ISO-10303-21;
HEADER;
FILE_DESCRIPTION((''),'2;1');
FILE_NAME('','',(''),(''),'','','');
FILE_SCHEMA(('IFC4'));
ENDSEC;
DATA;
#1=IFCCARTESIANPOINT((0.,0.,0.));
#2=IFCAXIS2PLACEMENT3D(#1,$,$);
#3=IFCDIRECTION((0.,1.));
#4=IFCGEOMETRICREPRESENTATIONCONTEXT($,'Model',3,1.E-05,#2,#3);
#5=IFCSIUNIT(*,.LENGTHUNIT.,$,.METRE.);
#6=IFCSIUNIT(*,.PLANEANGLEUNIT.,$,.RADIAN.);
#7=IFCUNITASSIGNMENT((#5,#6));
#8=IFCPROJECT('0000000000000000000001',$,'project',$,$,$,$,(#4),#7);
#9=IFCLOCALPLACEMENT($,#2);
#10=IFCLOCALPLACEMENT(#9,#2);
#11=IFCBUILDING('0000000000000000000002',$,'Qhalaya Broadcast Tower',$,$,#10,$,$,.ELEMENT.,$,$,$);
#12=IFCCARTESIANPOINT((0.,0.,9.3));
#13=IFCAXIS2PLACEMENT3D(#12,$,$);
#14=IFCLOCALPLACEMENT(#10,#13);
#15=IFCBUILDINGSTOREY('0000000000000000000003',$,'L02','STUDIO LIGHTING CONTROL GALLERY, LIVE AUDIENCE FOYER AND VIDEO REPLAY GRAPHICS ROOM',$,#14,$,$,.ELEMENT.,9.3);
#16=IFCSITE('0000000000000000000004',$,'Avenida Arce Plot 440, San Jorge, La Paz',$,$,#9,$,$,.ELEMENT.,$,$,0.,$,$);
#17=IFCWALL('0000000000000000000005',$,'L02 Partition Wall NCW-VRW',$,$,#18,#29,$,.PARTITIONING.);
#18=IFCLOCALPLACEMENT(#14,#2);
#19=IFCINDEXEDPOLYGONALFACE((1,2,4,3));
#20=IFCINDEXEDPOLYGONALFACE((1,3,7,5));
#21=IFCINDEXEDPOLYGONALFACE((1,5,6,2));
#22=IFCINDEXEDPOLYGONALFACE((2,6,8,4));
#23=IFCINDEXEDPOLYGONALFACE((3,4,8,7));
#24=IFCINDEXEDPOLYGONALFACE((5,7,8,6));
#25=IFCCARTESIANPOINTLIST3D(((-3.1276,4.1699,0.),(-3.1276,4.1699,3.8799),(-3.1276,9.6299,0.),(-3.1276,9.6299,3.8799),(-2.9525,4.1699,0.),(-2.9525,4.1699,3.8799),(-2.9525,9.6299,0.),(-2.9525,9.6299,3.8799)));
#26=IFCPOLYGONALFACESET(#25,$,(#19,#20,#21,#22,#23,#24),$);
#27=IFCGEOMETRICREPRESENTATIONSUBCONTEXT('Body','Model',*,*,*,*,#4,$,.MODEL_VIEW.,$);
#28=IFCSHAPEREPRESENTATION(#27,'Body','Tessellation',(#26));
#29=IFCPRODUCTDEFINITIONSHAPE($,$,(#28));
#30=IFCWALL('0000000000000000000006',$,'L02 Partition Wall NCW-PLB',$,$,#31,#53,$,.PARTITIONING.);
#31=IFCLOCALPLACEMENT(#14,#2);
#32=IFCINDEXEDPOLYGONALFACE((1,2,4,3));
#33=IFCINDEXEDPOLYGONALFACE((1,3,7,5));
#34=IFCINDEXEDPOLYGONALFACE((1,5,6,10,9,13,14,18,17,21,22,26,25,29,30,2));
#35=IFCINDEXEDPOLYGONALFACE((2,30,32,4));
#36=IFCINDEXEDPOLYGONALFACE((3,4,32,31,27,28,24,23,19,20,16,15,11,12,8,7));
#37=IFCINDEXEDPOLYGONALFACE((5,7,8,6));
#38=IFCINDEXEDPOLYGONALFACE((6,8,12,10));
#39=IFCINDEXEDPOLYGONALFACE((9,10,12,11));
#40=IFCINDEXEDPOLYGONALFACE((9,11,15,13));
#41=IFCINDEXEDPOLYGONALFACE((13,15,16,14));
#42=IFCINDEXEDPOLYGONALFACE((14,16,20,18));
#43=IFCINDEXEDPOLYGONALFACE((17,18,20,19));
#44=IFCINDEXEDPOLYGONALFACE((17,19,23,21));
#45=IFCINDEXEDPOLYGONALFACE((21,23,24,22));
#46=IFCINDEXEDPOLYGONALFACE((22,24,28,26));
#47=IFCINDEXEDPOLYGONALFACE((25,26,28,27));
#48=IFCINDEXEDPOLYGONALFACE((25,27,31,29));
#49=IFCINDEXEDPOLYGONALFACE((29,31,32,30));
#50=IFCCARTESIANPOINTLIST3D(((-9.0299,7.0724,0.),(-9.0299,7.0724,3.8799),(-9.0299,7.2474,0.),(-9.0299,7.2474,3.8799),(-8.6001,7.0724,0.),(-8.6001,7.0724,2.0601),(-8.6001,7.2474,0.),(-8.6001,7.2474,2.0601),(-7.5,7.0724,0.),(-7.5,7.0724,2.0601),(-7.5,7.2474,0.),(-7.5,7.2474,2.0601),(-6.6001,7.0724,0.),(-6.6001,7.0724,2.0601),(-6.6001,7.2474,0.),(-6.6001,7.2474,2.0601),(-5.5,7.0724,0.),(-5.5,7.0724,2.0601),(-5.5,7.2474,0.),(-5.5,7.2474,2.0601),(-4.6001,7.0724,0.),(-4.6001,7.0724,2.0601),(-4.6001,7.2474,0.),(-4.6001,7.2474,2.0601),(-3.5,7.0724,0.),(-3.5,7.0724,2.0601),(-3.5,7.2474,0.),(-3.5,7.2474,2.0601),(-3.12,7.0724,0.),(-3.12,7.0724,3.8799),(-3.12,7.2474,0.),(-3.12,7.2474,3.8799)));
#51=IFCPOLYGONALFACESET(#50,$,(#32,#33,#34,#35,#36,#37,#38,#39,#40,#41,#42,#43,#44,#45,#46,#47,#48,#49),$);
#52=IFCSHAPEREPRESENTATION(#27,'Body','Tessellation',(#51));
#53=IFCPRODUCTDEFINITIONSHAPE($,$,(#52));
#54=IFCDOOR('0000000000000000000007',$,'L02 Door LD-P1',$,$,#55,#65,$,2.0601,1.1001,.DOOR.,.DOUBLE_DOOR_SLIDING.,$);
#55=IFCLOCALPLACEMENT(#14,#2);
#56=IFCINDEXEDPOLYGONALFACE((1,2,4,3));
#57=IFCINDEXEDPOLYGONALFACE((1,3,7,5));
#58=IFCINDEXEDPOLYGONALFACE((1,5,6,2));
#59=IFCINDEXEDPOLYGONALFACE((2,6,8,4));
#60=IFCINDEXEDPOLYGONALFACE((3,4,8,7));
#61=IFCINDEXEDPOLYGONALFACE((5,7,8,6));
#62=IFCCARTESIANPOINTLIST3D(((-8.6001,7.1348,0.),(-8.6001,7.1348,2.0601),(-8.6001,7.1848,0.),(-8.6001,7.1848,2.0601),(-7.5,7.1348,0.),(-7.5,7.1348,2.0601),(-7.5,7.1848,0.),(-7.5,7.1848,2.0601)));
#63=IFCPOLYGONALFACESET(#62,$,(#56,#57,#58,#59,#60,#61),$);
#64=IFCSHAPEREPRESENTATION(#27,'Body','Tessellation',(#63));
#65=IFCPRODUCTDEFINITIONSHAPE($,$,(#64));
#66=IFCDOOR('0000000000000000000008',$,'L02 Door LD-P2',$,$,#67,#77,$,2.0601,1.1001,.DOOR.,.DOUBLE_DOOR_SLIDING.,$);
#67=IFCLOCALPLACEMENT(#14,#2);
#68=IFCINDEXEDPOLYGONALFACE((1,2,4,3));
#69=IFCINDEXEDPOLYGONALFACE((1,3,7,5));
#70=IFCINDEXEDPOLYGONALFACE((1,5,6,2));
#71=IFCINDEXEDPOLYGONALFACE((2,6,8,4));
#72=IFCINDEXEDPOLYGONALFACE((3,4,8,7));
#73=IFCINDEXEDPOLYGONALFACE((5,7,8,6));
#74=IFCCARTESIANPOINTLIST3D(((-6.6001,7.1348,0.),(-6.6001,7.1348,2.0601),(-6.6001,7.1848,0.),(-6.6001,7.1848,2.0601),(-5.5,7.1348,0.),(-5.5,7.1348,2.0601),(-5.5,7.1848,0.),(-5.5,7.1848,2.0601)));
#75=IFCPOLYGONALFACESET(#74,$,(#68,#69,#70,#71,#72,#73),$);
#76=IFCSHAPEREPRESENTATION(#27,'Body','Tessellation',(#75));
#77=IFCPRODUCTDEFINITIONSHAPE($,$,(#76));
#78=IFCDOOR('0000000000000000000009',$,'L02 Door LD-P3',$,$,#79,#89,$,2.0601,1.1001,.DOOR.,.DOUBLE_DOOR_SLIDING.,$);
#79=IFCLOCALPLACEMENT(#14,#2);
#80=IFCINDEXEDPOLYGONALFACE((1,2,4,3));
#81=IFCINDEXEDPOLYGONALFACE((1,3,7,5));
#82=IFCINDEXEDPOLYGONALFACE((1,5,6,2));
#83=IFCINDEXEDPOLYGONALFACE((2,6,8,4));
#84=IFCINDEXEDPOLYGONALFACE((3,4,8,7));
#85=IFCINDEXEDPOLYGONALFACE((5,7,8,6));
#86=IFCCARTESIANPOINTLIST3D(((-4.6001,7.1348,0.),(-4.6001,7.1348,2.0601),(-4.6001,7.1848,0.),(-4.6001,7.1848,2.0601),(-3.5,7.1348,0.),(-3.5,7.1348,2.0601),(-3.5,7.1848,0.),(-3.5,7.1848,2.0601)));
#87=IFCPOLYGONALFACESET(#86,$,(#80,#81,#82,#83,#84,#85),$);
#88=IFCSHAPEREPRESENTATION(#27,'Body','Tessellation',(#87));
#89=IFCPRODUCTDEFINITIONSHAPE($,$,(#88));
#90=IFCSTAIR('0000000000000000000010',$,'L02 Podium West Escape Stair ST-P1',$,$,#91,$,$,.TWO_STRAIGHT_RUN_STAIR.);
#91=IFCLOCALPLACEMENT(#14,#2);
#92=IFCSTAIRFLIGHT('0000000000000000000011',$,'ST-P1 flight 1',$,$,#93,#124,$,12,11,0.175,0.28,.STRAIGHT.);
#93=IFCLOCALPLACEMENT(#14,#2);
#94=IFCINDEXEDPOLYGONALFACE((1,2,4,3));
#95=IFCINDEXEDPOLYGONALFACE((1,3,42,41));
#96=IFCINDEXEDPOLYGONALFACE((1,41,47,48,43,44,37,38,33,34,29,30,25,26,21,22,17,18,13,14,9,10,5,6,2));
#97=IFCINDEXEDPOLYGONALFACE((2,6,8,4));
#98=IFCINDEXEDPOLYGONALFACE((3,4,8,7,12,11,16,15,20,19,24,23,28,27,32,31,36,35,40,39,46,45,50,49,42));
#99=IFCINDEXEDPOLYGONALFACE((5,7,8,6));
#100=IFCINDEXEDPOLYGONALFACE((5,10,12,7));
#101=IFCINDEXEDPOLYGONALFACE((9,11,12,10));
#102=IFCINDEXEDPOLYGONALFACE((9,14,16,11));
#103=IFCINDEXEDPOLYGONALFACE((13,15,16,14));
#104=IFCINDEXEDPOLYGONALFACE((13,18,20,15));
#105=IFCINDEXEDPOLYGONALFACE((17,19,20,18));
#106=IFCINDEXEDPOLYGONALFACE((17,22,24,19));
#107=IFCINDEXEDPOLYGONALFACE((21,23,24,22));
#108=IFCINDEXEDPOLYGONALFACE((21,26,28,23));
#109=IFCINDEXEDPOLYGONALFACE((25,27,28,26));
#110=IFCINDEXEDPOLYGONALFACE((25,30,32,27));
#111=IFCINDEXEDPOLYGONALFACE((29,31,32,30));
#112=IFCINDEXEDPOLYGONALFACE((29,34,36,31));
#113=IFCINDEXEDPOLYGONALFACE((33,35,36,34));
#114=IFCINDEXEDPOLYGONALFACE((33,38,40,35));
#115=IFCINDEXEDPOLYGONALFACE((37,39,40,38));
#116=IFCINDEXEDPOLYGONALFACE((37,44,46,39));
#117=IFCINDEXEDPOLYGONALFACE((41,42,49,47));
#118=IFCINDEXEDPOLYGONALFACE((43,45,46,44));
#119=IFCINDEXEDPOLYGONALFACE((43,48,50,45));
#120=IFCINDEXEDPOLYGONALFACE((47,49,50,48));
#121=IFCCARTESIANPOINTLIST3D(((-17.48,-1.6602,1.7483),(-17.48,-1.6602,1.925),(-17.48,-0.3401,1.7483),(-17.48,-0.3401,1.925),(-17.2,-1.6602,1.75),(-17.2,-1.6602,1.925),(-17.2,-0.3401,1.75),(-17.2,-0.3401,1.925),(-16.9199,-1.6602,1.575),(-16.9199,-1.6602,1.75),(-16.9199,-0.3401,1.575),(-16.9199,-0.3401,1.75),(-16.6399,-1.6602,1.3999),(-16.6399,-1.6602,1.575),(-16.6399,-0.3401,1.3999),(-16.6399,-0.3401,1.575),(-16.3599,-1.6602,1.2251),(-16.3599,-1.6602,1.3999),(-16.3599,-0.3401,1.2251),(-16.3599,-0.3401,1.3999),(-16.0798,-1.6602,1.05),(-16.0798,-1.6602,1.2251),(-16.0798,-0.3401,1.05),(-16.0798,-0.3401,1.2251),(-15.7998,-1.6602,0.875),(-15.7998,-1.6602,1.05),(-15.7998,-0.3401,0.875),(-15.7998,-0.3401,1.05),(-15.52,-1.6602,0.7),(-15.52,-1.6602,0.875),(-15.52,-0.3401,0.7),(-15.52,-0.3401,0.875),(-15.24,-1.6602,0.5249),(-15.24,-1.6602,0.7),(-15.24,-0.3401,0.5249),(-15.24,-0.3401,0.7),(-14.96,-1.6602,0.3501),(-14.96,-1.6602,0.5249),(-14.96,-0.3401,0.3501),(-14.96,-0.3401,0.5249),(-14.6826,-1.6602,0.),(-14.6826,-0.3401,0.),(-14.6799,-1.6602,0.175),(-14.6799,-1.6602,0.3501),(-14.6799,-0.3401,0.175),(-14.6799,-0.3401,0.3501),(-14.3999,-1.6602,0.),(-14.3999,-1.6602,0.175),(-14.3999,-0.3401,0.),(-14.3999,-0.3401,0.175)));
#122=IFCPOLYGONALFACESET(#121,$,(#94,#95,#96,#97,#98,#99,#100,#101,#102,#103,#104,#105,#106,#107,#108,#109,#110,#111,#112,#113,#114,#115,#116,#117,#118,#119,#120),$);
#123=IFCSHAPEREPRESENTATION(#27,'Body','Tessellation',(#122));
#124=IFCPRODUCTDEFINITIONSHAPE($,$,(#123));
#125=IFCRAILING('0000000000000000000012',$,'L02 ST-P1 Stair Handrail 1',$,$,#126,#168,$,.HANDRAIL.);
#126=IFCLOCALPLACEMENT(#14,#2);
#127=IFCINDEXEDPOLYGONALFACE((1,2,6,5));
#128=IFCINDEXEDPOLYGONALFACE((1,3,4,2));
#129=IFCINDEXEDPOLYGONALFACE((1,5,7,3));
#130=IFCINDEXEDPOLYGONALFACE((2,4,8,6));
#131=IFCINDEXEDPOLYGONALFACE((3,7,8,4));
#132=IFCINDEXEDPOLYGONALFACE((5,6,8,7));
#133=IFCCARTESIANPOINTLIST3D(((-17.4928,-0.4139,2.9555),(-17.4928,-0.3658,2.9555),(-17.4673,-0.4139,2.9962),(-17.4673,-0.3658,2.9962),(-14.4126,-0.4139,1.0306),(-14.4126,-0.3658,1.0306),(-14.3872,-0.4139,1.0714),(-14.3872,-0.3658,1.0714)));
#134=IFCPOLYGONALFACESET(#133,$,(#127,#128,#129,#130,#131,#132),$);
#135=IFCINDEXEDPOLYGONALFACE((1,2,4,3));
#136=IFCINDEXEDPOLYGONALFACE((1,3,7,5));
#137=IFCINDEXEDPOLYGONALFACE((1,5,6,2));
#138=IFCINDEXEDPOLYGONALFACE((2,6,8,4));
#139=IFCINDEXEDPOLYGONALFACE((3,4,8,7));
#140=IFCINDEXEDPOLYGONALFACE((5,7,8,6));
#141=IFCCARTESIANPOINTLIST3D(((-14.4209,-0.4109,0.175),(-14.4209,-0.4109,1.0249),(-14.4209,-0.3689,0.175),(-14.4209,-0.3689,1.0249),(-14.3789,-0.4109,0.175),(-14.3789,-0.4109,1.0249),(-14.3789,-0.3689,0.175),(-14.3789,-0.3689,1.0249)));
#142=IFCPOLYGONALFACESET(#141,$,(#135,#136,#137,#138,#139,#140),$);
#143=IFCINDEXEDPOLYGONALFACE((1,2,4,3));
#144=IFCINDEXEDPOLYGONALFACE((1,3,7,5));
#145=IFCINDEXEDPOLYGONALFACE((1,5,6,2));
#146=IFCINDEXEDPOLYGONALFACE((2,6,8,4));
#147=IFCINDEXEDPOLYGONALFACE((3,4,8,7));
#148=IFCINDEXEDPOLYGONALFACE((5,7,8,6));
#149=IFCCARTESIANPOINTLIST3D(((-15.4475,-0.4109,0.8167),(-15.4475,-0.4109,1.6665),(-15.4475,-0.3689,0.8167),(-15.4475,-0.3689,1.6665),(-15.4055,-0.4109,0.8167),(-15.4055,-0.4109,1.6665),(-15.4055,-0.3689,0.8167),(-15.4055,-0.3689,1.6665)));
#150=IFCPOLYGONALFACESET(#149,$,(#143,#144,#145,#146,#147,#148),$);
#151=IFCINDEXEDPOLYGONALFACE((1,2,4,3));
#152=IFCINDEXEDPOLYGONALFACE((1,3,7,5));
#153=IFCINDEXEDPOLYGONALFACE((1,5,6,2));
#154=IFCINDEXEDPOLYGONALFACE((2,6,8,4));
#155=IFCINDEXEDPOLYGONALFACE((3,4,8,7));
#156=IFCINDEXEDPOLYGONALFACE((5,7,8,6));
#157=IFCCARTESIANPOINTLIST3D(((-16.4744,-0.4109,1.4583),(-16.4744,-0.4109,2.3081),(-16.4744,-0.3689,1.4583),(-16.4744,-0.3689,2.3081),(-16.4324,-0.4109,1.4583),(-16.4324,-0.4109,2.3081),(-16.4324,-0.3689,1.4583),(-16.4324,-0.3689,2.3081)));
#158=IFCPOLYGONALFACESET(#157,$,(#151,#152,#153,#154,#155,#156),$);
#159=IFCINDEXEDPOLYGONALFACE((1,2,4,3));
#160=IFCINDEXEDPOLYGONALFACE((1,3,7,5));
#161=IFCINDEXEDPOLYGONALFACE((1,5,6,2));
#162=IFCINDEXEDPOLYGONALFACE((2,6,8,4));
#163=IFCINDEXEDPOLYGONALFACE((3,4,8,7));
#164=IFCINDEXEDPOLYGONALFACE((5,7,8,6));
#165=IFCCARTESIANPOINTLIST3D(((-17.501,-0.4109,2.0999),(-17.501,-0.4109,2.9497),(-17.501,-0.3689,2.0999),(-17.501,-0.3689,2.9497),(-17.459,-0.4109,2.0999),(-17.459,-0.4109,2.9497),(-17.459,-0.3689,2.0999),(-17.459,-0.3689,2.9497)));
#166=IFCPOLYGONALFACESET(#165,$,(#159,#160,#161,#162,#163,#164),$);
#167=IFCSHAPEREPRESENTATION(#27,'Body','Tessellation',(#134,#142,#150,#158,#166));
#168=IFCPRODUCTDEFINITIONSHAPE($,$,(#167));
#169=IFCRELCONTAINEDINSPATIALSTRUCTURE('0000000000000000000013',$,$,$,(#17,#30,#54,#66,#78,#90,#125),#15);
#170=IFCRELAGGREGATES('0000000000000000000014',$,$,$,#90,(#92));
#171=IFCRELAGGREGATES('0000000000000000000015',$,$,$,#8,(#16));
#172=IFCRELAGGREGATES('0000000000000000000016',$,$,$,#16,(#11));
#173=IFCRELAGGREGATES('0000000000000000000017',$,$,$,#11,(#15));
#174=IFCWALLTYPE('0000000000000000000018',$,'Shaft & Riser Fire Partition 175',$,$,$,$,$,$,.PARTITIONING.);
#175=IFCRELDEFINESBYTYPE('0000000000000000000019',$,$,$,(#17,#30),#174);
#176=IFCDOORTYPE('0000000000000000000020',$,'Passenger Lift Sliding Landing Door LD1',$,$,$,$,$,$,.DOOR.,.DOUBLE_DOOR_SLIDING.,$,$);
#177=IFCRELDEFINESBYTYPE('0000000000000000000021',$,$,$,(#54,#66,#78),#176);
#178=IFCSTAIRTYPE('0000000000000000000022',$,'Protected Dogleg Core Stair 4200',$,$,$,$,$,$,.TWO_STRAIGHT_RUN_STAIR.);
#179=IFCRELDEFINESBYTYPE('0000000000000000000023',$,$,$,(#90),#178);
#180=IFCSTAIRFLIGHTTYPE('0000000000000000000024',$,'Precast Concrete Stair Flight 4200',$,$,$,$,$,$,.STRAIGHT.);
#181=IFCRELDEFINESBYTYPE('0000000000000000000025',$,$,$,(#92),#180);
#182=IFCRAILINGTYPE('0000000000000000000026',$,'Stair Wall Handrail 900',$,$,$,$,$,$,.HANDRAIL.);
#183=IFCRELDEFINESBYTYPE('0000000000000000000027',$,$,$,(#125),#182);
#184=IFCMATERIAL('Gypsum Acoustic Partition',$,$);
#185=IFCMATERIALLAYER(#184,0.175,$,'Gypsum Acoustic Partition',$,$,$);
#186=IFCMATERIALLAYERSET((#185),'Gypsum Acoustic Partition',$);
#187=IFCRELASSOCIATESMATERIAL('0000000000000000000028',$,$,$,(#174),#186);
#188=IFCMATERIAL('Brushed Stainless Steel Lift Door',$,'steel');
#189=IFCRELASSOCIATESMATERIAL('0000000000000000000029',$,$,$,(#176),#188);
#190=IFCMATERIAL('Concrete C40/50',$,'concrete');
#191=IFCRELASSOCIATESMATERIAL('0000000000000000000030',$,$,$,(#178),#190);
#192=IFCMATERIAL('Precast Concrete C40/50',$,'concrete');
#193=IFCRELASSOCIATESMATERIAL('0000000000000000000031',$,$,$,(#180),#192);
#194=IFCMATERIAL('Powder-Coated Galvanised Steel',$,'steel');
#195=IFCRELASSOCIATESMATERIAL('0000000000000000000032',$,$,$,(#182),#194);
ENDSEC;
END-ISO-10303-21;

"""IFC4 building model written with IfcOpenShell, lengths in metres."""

from ifc_helpers import new_model, si_unit, direction, frame, frame_2d, origin, origin_2d, place, context, subcontext, project, spatial, polyline, rectangle, outline, extrude, material, layer, layer_set, type_object, element, fill, aggregate, save


model = new_model("IFC4")

# Units and contexts
model_context = context("Model", 3, precision=1e-05, world=origin(), true_north=direction((0.0, 1.0)))
body_context = subcontext(model_context, "Body", "Model", "MODEL_VIEW")
ifc_project = project(units=[si_unit("LENGTHUNIT", "METRE"), si_unit("PLANEANGLEUNIT", "RADIAN")], contexts=[model_context])

# Site, building, storey
site_placement = place(None, origin())
site = spatial("IfcSite", under=ifc_project, at=site_placement, Name="Avenida Arce Plot 440, San Jorge, La Paz", CompositionType="ELEMENT", RefElevation=0.0)
building_placement = place(site_placement, origin())
building = spatial("IfcBuilding", under=site, at=building_placement, Name="Qhalaya Broadcast Tower", CompositionType="ELEMENT")
storey_placement = place(building_placement, frame((0.0, 0.0, 9.3)))
storey = spatial("IfcBuildingStorey", under=building, at=storey_placement, Name="L02", Description="STUDIO LIGHTING CONTROL GALLERY, LIVE AUDIENCE FOYER AND VIDEO REPLAY GRAPHICS ROOM", CompositionType="ELEMENT", Elevation=9.3)

# Shared definitions
ifc_material_1 = material(Name="Gypsum Acoustic Partition")

# Wall
ifc_layer_1 = layer(ifc_material_1, 0.175, Name="Gypsum Acoustic Partition")
ifc_layer_set_1 = layer_set([ifc_layer_1], Name="Gypsum Acoustic Partition")
wall_type_1 = type_object("IfcWallType", Name="Shaft & Riser Fire Partition 175", PredefinedType="PARTITIONING", material=ifc_layer_set_1)
wall_1_placement = place(storey_placement, frame((-3.04, 4.1699, 0.0), z_axis=(0.0, 0.0, 1.0), x_axis=(0.0, 1.0, 0.0)))
element("IfcWall", 1, at=wall_1_placement, inside=storey, type_object=wall_type_1, Name="L02 Partition Wall NCW-VRW", PredefinedType="PARTITIONING", context=body_context, shape_type="SweptSolid", body=[
    extrude(rectangle(XDim=5.46, YDim=0.175, at=frame_2d((2.73, 0.0))), origin(), (0.0, 0.0, 1.0), 3.8799),
])

# Wall, openings, doors
wall_2_placement = place(storey_placement, frame((-9.03, 7.1599, 0.0), z_axis=(0.0, 0.0, 1.0), x_axis=(1.0, 0.0, 0.0)))
wall_2 = element("IfcWall", 2, at=wall_2_placement, inside=storey, type_object=wall_type_1, Name="L02 Partition Wall NCW-PLB", PredefinedType="PARTITIONING", context=body_context, shape_type="SweptSolid", body=[
    extrude(rectangle(XDim=5.9099, YDim=0.175, at=frame_2d((2.9551, 0.0))), origin(), (0.0, 0.0, 1.0), 3.8799),
])
opening_1_placement = place(wall_2_placement, frame((0.4299, 0.0, 0.0)))
opening_1 = element("IfcOpeningElement", 3, at=opening_1_placement, cuts=wall_2, PredefinedType="OPENING", context=body_context, shape_type="SweptSolid", body=[
    extrude(rectangle(XDim=1.1001, YDim=2.0601, at=frame_2d((0.55, 1.03))), frame((0.0, 0.0996, 0.0), z_axis=(0.0, -1.0, 0.0), x_axis=(1.0, 0.0, 0.0)), (0.0, 0.0, 1.0), 0.199),
])
opening_2_placement = place(wall_2_placement, frame((2.4299, 0.0, 0.0)))
opening_2 = element("IfcOpeningElement", 4, at=opening_2_placement, cuts=wall_2, PredefinedType="OPENING", context=body_context, shape_type="SweptSolid", body=[
    extrude(rectangle(XDim=1.1001, YDim=2.0601, at=frame_2d((0.55, 1.03))), frame((0.0, 0.0996, 0.0), z_axis=(0.0, -1.0, 0.0), x_axis=(1.0, 0.0, 0.0)), (0.0, 0.0, 1.0), 0.199),
])
opening_3_placement = place(wall_2_placement, frame((4.4299, 0.0, 0.0)))
opening_3 = element("IfcOpeningElement", 5, at=opening_3_placement, cuts=wall_2, PredefinedType="OPENING", context=body_context, shape_type="SweptSolid", body=[
    extrude(rectangle(XDim=1.1001, YDim=2.0601, at=frame_2d((0.55, 1.03))), frame((0.0, 0.0996, 0.0), z_axis=(0.0, -1.0, 0.0), x_axis=(1.0, 0.0, 0.0)), (0.0, 0.0, 1.0), 0.199),
])
ifc_material_2 = material(Name="Brushed Stainless Steel Lift Door", Category="steel")
door_type_1 = type_object("IfcDoorType", Name="Passenger Lift Sliding Landing Door LD1", OperationType="DOUBLE_DOOR_SLIDING", PredefinedType="DOOR", material=ifc_material_2)
door_1_placement = place(opening_1_placement, origin())
door_1 = element("IfcDoor", 6, at=door_1_placement, inside=storey, type_object=door_type_1, Name="L02 Door LD-P1", OperationType="DOUBLE_DOOR_SLIDING", OverallHeight=2.0601, OverallWidth=1.1001, PredefinedType="DOOR", context=body_context, shape_type="SweptSolid", body=[
    extrude(rectangle(XDim=1.1001, YDim=2.0601, at=frame_2d((0.55, 1.03))), frame((0.0, 0.0249, 0.0), z_axis=(0.0, -1.0, 0.0), x_axis=(1.0, 0.0, 0.0)), (0.0, 0.0, 1.0), 0.05),
])
fill(opening_1, door_1)
door_2_placement = place(opening_2_placement, origin())
door_2 = element("IfcDoor", 7, at=door_2_placement, inside=storey, type_object=door_type_1, Name="L02 Door LD-P2", OperationType="DOUBLE_DOOR_SLIDING", OverallHeight=2.0601, OverallWidth=1.1001, PredefinedType="DOOR", context=body_context, shape_type="SweptSolid", body=[
    extrude(rectangle(XDim=1.1001, YDim=2.0601, at=frame_2d((0.55, 1.03))), frame((0.0, 0.0249, 0.0), z_axis=(0.0, -1.0, 0.0), x_axis=(1.0, 0.0, 0.0)), (0.0, 0.0, 1.0), 0.05),
])
fill(opening_2, door_2)
door_3_placement = place(opening_3_placement, origin())
door_3 = element("IfcDoor", 8, at=door_3_placement, inside=storey, type_object=door_type_1, Name="L02 Door LD-P3", OperationType="DOUBLE_DOOR_SLIDING", OverallHeight=2.0601, OverallWidth=1.1001, PredefinedType="DOOR", context=body_context, shape_type="SweptSolid", body=[
    extrude(rectangle(XDim=1.1001, YDim=2.0601, at=frame_2d((0.55, 1.03))), frame((0.0, 0.0249, 0.0), z_axis=(0.0, -1.0, 0.0), x_axis=(1.0, 0.0, 0.0)), (0.0, 0.0, 1.0), 0.05),
])
fill(opening_3, door_3)

# Stair, stair flight
ifc_material_3 = material(Name="Concrete C40/50", Category="concrete")
stair_type = type_object("IfcStairType", Name="Protected Dogleg Core Stair 4200", PredefinedType="TWO_STRAIGHT_RUN_STAIR", material=ifc_material_3)
stair_placement = place(storey_placement, origin())
stair = element("IfcStair", 9, at=stair_placement, inside=storey, type_object=stair_type, Name="L02 Podium West Escape Stair ST-P1", PredefinedType="TWO_STRAIGHT_RUN_STAIR")
ifc_material_4 = material(Name="Precast Concrete C40/50", Category="concrete")
stair_flight_type = type_object("IfcStairFlightType", Name="Precast Concrete Stair Flight 4200", PredefinedType="STRAIGHT", material=ifc_material_4)
stair_flight_placement = place(storey_placement, frame((-14.3999, -1.0, 0.0), z_axis=(0.0, 0.0, 1.0), x_axis=(-1.0, 0.0, 0.0)))
stair_flight = element("IfcStairFlight", 10, at=stair_flight_placement, type_object=stair_flight_type, Name="ST-P1 flight 1", NumberOfRisers=12, NumberOfTreads=11, PredefinedType="STRAIGHT", RiserHeight=0.175, TreadLength=0.28, context=body_context, shape_type="SweptSolid", body=[
    extrude(outline(polyline([(0.0, 0.0), (0.0, 0.175), (0.28, 0.175), (0.28, 0.3501), (0.5601, 0.3501), (0.5601, 0.5249), (0.8401, 0.5249), (0.8401, 0.7), (1.1201, 0.7), (1.1201, 0.875), (1.3999, 0.875), (1.3999, 1.05), (1.6799, 1.05), (1.6799, 1.2251), (1.96, 1.2251), (1.96, 1.3999), (2.24, 1.3999), (2.24, 1.575), (2.52, 1.575), (2.52, 1.75), (2.8, 1.75), (2.8, 1.925), (3.0801, 1.925), (3.0801, 2.1001), (3.0801, 1.7483), (0.2827, 0.0), (0.0, 0.0)])), frame((0.0, 0.6602, 0.0), z_axis=(0.0, -1.0, 0.0), x_axis=(1.0, 0.0, 0.0)), (0.0, 0.0, 1.0), 1.3201),
])
aggregate(stair, [stair_flight])

# Railing
ifc_material_5 = material(Name="Powder-Coated Galvanised Steel", Category="steel")
railing_type_1 = type_object("IfcRailingType", Name="Stair Wall Handrail 900", PredefinedType="HANDRAIL", material=ifc_material_5)
railing_1_placement = place(storey_placement, frame((-14.3999, -0.3899, 0.175)))
element("IfcRailing", 11, at=railing_1_placement, inside=storey, type_object=railing_type_1, Name="L02 ST-P1 Stair Handrail 1", PredefinedType="HANDRAIL", context=body_context, shape_type="SweptSolid", body=[
    extrude(rectangle(XDim=0.0481, YDim=0.0481, at=origin_2d()), frame((0.0, 0.0, 0.876), z_axis=(-0.848029, 0.0, 0.529951), x_axis=(0.0, -1.0, 0.0)), (0.0, 0.0, 1.0), 3.6321),
    extrude(rectangle(XDim=0.042, YDim=0.042, at=origin_2d()), origin(), (0.0, 0.0, 1.0), 0.8499),
    extrude(rectangle(XDim=0.042, YDim=0.042, at=origin_2d()), frame((-1.0266, 0.0, 0.6416)), (0.0, 0.0, 1.0), 0.8499),
    extrude(rectangle(XDim=0.042, YDim=0.042, at=origin_2d()), frame((-2.0535, 0.0, 1.2832)), (0.0, 0.0, 1.0), 0.8499),
    extrude(rectangle(XDim=0.042, YDim=0.042, at=origin_2d()), frame((-3.0801, 0.0, 1.9248)), (0.0, 0.0, 1.0), 0.8499),
])

save(model, "model.ifc")
